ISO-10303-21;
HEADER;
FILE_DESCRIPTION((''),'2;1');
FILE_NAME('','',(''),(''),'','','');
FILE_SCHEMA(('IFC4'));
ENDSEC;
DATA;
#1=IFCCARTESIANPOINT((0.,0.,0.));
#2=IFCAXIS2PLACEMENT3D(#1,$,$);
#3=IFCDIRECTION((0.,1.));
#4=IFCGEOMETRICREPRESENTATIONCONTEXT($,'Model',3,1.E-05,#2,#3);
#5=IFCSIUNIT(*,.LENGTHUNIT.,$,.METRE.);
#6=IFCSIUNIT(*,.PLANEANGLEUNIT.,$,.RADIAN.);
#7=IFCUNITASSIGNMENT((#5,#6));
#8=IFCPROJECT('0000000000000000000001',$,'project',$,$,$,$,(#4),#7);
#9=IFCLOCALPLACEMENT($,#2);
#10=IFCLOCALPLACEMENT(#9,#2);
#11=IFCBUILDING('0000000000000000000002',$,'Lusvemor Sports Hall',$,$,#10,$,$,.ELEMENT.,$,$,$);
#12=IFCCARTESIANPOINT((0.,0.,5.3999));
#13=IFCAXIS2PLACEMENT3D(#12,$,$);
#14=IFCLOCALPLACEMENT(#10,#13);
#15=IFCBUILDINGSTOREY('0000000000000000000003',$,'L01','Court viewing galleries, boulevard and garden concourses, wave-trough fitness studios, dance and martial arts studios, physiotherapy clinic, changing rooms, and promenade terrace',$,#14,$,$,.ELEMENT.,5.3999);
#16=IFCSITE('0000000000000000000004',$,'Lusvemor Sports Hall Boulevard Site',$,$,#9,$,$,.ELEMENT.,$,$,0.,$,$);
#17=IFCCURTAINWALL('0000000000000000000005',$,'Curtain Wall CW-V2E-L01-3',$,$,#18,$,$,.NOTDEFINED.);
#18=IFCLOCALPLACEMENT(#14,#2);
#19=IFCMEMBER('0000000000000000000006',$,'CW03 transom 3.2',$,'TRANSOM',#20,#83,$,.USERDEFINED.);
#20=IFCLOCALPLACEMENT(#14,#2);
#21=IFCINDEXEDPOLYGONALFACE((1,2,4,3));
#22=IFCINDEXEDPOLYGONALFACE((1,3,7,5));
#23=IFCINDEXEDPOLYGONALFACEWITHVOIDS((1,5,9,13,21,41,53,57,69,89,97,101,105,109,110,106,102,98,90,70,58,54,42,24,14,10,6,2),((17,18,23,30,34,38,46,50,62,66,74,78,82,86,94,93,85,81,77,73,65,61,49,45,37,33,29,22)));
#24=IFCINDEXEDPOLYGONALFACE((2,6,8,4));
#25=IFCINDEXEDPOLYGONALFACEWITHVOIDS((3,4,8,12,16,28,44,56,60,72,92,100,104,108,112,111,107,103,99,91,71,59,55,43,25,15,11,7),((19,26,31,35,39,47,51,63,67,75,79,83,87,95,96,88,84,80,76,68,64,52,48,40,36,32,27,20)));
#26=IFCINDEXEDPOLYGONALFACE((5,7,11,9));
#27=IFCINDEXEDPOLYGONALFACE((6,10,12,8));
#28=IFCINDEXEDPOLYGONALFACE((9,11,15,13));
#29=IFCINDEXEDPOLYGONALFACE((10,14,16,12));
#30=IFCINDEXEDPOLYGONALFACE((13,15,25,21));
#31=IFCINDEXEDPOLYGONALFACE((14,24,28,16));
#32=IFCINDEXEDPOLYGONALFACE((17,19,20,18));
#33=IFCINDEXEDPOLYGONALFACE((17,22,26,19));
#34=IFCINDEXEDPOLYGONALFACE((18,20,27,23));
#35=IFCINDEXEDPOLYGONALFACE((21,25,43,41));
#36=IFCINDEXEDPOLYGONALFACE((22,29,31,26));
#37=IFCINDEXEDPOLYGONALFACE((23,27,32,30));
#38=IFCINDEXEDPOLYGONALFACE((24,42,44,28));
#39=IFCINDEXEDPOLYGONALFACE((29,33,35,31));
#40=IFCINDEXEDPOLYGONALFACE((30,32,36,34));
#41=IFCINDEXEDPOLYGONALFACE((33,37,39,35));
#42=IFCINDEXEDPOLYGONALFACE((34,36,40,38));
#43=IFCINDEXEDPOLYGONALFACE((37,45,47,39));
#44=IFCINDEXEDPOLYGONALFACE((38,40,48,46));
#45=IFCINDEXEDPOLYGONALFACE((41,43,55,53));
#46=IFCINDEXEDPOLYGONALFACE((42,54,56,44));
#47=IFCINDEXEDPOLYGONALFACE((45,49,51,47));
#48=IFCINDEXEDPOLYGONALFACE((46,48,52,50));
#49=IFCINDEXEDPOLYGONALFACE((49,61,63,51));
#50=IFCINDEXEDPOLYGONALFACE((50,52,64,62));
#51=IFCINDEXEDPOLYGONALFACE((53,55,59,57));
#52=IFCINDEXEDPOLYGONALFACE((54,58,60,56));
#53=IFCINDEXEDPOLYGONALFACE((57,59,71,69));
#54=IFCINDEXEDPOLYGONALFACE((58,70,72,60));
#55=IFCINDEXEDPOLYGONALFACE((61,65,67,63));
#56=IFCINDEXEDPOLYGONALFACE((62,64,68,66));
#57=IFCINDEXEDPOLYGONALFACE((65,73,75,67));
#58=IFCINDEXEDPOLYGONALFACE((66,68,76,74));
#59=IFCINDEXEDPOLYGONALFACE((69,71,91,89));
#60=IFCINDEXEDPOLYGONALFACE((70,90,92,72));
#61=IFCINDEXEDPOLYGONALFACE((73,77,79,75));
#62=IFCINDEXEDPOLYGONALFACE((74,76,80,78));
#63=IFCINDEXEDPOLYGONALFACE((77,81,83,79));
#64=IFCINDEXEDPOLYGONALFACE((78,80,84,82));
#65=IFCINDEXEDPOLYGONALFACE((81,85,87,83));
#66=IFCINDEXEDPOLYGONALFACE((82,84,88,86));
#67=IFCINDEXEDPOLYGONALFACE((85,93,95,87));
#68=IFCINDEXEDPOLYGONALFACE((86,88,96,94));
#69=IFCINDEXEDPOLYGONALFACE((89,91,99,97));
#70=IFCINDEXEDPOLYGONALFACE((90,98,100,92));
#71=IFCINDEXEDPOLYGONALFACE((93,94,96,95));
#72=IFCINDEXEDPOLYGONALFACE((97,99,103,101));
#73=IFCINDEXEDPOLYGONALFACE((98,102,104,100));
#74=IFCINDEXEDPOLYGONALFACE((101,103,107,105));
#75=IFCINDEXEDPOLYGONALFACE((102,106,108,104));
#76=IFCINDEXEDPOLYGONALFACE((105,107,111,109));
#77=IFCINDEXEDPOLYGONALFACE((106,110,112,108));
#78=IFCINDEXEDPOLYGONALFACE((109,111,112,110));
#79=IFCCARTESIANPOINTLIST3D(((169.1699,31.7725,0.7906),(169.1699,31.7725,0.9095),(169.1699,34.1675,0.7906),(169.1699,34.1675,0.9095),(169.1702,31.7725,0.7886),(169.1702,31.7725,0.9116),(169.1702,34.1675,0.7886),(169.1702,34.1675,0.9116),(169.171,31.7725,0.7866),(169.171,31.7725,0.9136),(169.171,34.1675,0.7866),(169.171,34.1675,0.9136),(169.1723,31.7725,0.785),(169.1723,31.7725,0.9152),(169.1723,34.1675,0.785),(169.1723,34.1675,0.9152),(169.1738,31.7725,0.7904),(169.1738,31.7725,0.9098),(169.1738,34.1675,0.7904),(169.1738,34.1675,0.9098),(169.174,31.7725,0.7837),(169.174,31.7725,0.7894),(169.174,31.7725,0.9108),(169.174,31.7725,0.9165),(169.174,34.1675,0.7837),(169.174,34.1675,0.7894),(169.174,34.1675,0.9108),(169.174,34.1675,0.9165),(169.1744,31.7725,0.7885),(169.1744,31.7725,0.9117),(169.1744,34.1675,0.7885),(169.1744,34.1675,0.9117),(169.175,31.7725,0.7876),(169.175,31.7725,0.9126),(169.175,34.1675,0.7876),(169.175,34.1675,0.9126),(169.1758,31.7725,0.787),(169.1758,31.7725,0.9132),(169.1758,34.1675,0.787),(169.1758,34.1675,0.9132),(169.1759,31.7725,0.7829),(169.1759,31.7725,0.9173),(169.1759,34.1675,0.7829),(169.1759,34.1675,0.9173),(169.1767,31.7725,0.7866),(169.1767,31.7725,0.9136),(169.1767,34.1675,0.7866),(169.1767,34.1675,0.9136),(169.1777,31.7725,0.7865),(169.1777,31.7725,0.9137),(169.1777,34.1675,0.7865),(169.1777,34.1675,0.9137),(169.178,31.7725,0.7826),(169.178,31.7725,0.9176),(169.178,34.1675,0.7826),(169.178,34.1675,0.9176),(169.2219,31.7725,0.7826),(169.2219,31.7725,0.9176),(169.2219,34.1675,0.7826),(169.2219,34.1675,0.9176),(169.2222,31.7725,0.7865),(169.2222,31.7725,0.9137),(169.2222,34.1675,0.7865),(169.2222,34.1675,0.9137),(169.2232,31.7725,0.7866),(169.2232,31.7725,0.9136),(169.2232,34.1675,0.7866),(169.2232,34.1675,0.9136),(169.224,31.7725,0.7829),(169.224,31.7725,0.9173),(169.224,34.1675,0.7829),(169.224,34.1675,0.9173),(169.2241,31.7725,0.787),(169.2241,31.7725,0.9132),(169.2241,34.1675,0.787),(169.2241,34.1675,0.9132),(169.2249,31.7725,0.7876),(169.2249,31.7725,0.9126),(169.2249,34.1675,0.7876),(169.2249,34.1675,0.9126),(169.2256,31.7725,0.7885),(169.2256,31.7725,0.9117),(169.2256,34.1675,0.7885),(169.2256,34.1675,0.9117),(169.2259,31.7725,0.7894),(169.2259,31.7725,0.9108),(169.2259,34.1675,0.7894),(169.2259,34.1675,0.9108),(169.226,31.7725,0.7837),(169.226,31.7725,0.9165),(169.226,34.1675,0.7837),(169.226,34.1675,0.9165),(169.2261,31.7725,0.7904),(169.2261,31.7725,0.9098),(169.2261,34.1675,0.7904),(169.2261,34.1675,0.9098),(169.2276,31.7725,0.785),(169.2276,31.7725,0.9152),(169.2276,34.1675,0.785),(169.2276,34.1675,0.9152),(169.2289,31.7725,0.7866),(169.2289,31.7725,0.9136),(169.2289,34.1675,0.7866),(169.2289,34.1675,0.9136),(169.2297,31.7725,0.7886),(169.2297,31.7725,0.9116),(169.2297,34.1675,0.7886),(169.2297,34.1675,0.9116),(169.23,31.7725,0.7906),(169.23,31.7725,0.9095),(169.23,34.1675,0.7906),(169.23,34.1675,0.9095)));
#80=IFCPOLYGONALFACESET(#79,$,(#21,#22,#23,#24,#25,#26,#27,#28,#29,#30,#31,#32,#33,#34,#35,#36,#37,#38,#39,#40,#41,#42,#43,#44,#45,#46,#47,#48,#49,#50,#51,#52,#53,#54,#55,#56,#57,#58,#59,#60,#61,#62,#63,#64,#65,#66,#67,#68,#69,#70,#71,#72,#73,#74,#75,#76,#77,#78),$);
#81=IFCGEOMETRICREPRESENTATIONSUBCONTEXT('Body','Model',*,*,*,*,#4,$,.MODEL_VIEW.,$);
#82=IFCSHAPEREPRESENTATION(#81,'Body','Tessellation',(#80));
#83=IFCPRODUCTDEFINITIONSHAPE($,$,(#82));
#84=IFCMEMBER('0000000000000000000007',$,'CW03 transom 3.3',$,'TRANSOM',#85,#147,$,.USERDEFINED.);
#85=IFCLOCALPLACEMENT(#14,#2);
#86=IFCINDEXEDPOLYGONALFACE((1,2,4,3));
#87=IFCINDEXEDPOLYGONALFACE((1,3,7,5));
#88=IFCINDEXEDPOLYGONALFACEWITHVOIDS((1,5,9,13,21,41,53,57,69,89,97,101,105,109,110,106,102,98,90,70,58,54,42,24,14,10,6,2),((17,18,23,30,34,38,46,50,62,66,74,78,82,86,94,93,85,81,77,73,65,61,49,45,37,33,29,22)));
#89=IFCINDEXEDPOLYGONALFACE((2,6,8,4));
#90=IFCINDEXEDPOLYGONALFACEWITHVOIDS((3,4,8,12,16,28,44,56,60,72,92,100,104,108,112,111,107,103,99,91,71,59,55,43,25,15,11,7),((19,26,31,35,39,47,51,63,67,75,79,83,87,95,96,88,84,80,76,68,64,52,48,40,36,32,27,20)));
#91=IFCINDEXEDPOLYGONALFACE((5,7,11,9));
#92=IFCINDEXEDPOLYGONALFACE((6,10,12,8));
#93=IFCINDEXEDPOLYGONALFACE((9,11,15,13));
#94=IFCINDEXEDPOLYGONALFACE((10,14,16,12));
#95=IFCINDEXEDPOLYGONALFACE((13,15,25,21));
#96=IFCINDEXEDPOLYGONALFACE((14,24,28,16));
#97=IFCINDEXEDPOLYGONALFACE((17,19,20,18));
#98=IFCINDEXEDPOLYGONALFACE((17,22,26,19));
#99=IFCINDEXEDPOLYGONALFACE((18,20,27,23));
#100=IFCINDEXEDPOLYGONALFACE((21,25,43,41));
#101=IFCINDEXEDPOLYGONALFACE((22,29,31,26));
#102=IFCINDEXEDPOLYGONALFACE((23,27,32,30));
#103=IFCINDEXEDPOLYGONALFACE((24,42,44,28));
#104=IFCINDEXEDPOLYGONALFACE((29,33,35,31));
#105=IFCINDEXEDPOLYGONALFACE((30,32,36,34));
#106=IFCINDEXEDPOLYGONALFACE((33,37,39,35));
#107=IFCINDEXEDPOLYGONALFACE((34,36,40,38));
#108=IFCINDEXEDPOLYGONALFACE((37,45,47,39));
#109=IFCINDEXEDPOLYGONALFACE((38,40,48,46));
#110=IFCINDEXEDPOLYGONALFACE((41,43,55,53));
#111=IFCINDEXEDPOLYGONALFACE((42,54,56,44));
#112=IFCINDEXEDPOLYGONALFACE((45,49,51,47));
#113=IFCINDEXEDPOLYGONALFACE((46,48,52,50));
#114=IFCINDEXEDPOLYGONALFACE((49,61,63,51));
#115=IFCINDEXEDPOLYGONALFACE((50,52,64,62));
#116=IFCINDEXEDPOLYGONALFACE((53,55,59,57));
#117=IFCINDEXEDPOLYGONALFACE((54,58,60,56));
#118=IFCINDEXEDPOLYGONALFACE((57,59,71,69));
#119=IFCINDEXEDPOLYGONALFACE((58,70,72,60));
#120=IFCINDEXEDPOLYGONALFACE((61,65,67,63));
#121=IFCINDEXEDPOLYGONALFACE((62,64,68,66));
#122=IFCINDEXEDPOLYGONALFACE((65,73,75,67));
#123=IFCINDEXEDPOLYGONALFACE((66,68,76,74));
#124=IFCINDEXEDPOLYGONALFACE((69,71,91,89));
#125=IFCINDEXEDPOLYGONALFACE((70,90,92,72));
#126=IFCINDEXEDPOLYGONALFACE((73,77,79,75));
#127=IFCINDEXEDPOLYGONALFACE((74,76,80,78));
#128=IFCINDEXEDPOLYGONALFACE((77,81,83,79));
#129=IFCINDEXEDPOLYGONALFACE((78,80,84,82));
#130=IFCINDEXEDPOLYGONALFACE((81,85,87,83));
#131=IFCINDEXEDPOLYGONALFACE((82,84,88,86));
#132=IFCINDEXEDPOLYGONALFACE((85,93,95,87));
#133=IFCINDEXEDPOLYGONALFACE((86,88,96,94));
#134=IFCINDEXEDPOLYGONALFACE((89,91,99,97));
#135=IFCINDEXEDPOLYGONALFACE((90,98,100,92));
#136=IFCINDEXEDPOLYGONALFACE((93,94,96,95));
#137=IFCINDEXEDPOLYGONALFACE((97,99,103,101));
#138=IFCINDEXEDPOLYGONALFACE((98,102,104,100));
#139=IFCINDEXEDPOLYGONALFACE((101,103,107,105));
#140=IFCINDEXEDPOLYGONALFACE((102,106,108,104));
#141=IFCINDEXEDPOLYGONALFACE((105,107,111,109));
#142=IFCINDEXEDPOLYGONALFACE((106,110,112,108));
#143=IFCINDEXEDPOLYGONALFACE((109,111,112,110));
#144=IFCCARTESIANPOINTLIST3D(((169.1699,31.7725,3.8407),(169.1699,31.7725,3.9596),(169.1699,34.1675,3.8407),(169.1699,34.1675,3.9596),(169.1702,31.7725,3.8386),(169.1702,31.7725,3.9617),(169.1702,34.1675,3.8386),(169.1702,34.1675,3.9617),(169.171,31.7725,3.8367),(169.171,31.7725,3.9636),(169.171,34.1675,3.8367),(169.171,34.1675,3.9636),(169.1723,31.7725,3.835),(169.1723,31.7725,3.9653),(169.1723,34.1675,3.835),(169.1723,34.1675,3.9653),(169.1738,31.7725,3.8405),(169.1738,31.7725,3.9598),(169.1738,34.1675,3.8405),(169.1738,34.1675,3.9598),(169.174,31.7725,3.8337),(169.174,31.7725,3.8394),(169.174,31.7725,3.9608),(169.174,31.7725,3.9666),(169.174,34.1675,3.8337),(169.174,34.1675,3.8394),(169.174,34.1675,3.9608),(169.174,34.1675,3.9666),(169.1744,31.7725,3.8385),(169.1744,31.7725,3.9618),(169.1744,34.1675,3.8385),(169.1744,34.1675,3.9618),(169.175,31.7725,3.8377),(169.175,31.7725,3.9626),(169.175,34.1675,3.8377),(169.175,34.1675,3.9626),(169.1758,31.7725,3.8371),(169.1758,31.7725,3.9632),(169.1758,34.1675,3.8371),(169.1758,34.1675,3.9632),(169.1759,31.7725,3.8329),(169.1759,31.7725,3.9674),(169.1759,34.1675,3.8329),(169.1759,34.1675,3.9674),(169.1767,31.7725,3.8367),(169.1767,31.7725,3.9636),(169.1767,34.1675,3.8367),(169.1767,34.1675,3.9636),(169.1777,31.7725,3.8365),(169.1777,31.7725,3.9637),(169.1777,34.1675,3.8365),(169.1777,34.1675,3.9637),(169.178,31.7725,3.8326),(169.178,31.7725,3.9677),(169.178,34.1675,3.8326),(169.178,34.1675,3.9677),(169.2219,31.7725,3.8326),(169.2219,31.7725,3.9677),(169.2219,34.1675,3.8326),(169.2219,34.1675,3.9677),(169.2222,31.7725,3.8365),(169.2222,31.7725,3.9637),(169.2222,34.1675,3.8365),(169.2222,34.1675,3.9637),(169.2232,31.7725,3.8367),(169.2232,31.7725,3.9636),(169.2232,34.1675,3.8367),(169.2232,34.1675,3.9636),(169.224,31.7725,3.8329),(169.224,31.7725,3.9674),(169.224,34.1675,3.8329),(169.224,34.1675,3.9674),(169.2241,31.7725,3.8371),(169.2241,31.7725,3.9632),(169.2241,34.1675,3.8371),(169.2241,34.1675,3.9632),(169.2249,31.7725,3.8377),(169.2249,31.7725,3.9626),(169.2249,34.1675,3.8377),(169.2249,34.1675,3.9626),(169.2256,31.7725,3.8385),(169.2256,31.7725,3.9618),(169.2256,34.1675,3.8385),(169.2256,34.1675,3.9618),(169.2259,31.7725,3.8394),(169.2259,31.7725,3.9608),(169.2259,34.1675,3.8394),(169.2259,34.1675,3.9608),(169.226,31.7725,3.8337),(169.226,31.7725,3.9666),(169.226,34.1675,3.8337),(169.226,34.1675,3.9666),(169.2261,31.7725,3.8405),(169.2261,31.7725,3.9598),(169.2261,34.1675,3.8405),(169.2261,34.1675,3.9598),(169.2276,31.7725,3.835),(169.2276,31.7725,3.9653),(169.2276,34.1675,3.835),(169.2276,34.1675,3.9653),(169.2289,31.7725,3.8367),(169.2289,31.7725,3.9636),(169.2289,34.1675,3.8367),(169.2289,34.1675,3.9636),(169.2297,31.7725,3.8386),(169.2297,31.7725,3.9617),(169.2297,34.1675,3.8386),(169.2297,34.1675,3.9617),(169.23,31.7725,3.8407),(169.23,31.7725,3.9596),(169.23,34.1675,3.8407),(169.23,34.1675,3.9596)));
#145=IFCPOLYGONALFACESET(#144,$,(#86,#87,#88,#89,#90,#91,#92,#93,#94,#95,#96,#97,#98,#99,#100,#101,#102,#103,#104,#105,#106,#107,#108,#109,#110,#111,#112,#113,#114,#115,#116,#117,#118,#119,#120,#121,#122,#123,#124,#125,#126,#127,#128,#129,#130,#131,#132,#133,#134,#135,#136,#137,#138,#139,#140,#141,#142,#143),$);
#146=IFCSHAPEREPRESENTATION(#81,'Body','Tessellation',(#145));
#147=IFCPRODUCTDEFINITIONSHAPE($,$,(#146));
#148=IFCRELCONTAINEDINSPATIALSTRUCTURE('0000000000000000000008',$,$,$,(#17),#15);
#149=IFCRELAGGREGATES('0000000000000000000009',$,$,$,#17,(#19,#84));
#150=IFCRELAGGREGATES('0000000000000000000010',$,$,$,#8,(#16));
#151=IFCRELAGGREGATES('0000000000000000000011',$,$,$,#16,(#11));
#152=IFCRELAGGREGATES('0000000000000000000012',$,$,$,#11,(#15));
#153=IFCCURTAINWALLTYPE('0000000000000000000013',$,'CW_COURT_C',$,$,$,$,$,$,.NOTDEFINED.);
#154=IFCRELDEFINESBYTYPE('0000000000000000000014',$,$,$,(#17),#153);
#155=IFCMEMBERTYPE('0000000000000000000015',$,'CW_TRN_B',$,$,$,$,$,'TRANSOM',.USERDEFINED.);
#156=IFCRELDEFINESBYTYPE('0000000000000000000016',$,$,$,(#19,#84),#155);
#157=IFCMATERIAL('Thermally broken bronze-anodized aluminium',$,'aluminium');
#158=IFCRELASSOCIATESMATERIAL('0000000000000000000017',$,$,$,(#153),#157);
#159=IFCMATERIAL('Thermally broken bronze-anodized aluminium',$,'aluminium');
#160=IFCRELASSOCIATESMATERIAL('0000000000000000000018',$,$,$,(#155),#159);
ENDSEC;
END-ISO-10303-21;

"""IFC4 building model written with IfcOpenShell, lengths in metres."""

from ifc_helpers import new_model, si_unit, direction, frame, origin, origin_2d, place, context, subcontext, project, spatial, hollow_rectangle, extrude, material, material_profile, profile_set, type_object, element, aggregate, save


model = new_model("IFC4")

# Units and contexts
model_context = context("Model", 3, precision=1e-05, world=origin(), true_north=direction((0.0, 1.0)))
body_context = subcontext(model_context, "Body", "Model", "MODEL_VIEW")
ifc_project = project(units=[si_unit("LENGTHUNIT", "METRE"), si_unit("PLANEANGLEUNIT", "RADIAN")], contexts=[model_context])

# Site, building, storey
site_placement = place(None, origin())
site = spatial("IfcSite", under=ifc_project, at=site_placement, Name="Lusvemor Sports Hall Boulevard Site", CompositionType="ELEMENT", RefElevation=0.0)
building_placement = place(site_placement, origin())
building = spatial("IfcBuilding", under=site, at=building_placement, Name="Lusvemor Sports Hall", CompositionType="ELEMENT")
storey_placement = place(building_placement, frame((0.0, 0.0, 5.3999)))
storey = spatial("IfcBuildingStorey", under=building, at=storey_placement, Name="L01", Description="Court viewing galleries, boulevard and garden concourses, wave-trough fitness studios, dance and martial arts studios, physiotherapy clinic, changing rooms, and promenade terrace", CompositionType="ELEMENT", Elevation=5.3999)

# Shared definitions
ifc_material_1 = material(Name="Thermally broken bronze-anodized aluminium", Category="aluminium")
curtain_wall_type = type_object("IfcCurtainWallType", Name="CW_COURT_C", PredefinedType="NOTDEFINED", material=ifc_material_1)

# Curtain wall, members
curtain_wall_1_placement = place(storey_placement, origin())
curtain_wall_1 = element("IfcCurtainWall", 1, at=curtain_wall_1_placement, inside=storey, type_object=curtain_wall_type, Name="Curtain Wall CW-V2E-L01-3", PredefinedType="NOTDEFINED")
ifc_material_2 = material(Name="Thermally broken bronze-anodized aluminium", Category="aluminium")
ifc_material_profile_1 = material_profile(ifc_material_2, hollow_rectangle(XDim=0.0601, YDim=0.135, WallThickness=0.0039, InnerFilletRadius=0.0039, OuterFilletRadius=0.0081, at=origin_2d()), Name="CWTRN135x60x4")
ifc_profile_set_1 = profile_set([ifc_material_profile_1], Name="Thermally broken bronze-anodized aluminium")
member_type_1 = type_object("IfcMemberType", Name="CW_TRN_B", ElementType="TRANSOM", PredefinedType="USERDEFINED", material=ifc_profile_set_1)
member_1_placement = place(storey_placement, frame((169.2, 34.1675, 0.8501), z_axis=(0.0, -1.0, 0.0), x_axis=(1.0, 0.0, 0.0)))
member_1 = element("IfcMember", 2, at=member_1_placement, type_object=member_type_1, Name="CW03 transom 3.2", ObjectType="TRANSOM", PredefinedType="USERDEFINED", context=body_context, shape_type="SweptSolid", body=[
    extrude(hollow_rectangle(XDim=0.0601, YDim=0.135, WallThickness=0.0039, InnerFilletRadius=0.0039, OuterFilletRadius=0.0081, at=origin_2d()), origin(), (0.0, 0.0, 1.0), 2.395),
])
member_2_placement = place(storey_placement, frame((169.2, 34.1675, 3.9001), z_axis=(0.0, -1.0, 0.0), x_axis=(1.0, 0.0, 0.0)))
member_2 = element("IfcMember", 3, at=member_2_placement, type_object=member_type_1, Name="CW03 transom 3.3", ObjectType="TRANSOM", PredefinedType="USERDEFINED", context=body_context, shape_type="SweptSolid", body=[
    extrude(hollow_rectangle(XDim=0.0601, YDim=0.135, WallThickness=0.0039, InnerFilletRadius=0.0039, OuterFilletRadius=0.0081, at=origin_2d()), origin(), (0.0, 0.0, 1.0), 2.395),
])

aggregate(curtain_wall_1, [member_1, member_2])

save(model, "model.ifc")
